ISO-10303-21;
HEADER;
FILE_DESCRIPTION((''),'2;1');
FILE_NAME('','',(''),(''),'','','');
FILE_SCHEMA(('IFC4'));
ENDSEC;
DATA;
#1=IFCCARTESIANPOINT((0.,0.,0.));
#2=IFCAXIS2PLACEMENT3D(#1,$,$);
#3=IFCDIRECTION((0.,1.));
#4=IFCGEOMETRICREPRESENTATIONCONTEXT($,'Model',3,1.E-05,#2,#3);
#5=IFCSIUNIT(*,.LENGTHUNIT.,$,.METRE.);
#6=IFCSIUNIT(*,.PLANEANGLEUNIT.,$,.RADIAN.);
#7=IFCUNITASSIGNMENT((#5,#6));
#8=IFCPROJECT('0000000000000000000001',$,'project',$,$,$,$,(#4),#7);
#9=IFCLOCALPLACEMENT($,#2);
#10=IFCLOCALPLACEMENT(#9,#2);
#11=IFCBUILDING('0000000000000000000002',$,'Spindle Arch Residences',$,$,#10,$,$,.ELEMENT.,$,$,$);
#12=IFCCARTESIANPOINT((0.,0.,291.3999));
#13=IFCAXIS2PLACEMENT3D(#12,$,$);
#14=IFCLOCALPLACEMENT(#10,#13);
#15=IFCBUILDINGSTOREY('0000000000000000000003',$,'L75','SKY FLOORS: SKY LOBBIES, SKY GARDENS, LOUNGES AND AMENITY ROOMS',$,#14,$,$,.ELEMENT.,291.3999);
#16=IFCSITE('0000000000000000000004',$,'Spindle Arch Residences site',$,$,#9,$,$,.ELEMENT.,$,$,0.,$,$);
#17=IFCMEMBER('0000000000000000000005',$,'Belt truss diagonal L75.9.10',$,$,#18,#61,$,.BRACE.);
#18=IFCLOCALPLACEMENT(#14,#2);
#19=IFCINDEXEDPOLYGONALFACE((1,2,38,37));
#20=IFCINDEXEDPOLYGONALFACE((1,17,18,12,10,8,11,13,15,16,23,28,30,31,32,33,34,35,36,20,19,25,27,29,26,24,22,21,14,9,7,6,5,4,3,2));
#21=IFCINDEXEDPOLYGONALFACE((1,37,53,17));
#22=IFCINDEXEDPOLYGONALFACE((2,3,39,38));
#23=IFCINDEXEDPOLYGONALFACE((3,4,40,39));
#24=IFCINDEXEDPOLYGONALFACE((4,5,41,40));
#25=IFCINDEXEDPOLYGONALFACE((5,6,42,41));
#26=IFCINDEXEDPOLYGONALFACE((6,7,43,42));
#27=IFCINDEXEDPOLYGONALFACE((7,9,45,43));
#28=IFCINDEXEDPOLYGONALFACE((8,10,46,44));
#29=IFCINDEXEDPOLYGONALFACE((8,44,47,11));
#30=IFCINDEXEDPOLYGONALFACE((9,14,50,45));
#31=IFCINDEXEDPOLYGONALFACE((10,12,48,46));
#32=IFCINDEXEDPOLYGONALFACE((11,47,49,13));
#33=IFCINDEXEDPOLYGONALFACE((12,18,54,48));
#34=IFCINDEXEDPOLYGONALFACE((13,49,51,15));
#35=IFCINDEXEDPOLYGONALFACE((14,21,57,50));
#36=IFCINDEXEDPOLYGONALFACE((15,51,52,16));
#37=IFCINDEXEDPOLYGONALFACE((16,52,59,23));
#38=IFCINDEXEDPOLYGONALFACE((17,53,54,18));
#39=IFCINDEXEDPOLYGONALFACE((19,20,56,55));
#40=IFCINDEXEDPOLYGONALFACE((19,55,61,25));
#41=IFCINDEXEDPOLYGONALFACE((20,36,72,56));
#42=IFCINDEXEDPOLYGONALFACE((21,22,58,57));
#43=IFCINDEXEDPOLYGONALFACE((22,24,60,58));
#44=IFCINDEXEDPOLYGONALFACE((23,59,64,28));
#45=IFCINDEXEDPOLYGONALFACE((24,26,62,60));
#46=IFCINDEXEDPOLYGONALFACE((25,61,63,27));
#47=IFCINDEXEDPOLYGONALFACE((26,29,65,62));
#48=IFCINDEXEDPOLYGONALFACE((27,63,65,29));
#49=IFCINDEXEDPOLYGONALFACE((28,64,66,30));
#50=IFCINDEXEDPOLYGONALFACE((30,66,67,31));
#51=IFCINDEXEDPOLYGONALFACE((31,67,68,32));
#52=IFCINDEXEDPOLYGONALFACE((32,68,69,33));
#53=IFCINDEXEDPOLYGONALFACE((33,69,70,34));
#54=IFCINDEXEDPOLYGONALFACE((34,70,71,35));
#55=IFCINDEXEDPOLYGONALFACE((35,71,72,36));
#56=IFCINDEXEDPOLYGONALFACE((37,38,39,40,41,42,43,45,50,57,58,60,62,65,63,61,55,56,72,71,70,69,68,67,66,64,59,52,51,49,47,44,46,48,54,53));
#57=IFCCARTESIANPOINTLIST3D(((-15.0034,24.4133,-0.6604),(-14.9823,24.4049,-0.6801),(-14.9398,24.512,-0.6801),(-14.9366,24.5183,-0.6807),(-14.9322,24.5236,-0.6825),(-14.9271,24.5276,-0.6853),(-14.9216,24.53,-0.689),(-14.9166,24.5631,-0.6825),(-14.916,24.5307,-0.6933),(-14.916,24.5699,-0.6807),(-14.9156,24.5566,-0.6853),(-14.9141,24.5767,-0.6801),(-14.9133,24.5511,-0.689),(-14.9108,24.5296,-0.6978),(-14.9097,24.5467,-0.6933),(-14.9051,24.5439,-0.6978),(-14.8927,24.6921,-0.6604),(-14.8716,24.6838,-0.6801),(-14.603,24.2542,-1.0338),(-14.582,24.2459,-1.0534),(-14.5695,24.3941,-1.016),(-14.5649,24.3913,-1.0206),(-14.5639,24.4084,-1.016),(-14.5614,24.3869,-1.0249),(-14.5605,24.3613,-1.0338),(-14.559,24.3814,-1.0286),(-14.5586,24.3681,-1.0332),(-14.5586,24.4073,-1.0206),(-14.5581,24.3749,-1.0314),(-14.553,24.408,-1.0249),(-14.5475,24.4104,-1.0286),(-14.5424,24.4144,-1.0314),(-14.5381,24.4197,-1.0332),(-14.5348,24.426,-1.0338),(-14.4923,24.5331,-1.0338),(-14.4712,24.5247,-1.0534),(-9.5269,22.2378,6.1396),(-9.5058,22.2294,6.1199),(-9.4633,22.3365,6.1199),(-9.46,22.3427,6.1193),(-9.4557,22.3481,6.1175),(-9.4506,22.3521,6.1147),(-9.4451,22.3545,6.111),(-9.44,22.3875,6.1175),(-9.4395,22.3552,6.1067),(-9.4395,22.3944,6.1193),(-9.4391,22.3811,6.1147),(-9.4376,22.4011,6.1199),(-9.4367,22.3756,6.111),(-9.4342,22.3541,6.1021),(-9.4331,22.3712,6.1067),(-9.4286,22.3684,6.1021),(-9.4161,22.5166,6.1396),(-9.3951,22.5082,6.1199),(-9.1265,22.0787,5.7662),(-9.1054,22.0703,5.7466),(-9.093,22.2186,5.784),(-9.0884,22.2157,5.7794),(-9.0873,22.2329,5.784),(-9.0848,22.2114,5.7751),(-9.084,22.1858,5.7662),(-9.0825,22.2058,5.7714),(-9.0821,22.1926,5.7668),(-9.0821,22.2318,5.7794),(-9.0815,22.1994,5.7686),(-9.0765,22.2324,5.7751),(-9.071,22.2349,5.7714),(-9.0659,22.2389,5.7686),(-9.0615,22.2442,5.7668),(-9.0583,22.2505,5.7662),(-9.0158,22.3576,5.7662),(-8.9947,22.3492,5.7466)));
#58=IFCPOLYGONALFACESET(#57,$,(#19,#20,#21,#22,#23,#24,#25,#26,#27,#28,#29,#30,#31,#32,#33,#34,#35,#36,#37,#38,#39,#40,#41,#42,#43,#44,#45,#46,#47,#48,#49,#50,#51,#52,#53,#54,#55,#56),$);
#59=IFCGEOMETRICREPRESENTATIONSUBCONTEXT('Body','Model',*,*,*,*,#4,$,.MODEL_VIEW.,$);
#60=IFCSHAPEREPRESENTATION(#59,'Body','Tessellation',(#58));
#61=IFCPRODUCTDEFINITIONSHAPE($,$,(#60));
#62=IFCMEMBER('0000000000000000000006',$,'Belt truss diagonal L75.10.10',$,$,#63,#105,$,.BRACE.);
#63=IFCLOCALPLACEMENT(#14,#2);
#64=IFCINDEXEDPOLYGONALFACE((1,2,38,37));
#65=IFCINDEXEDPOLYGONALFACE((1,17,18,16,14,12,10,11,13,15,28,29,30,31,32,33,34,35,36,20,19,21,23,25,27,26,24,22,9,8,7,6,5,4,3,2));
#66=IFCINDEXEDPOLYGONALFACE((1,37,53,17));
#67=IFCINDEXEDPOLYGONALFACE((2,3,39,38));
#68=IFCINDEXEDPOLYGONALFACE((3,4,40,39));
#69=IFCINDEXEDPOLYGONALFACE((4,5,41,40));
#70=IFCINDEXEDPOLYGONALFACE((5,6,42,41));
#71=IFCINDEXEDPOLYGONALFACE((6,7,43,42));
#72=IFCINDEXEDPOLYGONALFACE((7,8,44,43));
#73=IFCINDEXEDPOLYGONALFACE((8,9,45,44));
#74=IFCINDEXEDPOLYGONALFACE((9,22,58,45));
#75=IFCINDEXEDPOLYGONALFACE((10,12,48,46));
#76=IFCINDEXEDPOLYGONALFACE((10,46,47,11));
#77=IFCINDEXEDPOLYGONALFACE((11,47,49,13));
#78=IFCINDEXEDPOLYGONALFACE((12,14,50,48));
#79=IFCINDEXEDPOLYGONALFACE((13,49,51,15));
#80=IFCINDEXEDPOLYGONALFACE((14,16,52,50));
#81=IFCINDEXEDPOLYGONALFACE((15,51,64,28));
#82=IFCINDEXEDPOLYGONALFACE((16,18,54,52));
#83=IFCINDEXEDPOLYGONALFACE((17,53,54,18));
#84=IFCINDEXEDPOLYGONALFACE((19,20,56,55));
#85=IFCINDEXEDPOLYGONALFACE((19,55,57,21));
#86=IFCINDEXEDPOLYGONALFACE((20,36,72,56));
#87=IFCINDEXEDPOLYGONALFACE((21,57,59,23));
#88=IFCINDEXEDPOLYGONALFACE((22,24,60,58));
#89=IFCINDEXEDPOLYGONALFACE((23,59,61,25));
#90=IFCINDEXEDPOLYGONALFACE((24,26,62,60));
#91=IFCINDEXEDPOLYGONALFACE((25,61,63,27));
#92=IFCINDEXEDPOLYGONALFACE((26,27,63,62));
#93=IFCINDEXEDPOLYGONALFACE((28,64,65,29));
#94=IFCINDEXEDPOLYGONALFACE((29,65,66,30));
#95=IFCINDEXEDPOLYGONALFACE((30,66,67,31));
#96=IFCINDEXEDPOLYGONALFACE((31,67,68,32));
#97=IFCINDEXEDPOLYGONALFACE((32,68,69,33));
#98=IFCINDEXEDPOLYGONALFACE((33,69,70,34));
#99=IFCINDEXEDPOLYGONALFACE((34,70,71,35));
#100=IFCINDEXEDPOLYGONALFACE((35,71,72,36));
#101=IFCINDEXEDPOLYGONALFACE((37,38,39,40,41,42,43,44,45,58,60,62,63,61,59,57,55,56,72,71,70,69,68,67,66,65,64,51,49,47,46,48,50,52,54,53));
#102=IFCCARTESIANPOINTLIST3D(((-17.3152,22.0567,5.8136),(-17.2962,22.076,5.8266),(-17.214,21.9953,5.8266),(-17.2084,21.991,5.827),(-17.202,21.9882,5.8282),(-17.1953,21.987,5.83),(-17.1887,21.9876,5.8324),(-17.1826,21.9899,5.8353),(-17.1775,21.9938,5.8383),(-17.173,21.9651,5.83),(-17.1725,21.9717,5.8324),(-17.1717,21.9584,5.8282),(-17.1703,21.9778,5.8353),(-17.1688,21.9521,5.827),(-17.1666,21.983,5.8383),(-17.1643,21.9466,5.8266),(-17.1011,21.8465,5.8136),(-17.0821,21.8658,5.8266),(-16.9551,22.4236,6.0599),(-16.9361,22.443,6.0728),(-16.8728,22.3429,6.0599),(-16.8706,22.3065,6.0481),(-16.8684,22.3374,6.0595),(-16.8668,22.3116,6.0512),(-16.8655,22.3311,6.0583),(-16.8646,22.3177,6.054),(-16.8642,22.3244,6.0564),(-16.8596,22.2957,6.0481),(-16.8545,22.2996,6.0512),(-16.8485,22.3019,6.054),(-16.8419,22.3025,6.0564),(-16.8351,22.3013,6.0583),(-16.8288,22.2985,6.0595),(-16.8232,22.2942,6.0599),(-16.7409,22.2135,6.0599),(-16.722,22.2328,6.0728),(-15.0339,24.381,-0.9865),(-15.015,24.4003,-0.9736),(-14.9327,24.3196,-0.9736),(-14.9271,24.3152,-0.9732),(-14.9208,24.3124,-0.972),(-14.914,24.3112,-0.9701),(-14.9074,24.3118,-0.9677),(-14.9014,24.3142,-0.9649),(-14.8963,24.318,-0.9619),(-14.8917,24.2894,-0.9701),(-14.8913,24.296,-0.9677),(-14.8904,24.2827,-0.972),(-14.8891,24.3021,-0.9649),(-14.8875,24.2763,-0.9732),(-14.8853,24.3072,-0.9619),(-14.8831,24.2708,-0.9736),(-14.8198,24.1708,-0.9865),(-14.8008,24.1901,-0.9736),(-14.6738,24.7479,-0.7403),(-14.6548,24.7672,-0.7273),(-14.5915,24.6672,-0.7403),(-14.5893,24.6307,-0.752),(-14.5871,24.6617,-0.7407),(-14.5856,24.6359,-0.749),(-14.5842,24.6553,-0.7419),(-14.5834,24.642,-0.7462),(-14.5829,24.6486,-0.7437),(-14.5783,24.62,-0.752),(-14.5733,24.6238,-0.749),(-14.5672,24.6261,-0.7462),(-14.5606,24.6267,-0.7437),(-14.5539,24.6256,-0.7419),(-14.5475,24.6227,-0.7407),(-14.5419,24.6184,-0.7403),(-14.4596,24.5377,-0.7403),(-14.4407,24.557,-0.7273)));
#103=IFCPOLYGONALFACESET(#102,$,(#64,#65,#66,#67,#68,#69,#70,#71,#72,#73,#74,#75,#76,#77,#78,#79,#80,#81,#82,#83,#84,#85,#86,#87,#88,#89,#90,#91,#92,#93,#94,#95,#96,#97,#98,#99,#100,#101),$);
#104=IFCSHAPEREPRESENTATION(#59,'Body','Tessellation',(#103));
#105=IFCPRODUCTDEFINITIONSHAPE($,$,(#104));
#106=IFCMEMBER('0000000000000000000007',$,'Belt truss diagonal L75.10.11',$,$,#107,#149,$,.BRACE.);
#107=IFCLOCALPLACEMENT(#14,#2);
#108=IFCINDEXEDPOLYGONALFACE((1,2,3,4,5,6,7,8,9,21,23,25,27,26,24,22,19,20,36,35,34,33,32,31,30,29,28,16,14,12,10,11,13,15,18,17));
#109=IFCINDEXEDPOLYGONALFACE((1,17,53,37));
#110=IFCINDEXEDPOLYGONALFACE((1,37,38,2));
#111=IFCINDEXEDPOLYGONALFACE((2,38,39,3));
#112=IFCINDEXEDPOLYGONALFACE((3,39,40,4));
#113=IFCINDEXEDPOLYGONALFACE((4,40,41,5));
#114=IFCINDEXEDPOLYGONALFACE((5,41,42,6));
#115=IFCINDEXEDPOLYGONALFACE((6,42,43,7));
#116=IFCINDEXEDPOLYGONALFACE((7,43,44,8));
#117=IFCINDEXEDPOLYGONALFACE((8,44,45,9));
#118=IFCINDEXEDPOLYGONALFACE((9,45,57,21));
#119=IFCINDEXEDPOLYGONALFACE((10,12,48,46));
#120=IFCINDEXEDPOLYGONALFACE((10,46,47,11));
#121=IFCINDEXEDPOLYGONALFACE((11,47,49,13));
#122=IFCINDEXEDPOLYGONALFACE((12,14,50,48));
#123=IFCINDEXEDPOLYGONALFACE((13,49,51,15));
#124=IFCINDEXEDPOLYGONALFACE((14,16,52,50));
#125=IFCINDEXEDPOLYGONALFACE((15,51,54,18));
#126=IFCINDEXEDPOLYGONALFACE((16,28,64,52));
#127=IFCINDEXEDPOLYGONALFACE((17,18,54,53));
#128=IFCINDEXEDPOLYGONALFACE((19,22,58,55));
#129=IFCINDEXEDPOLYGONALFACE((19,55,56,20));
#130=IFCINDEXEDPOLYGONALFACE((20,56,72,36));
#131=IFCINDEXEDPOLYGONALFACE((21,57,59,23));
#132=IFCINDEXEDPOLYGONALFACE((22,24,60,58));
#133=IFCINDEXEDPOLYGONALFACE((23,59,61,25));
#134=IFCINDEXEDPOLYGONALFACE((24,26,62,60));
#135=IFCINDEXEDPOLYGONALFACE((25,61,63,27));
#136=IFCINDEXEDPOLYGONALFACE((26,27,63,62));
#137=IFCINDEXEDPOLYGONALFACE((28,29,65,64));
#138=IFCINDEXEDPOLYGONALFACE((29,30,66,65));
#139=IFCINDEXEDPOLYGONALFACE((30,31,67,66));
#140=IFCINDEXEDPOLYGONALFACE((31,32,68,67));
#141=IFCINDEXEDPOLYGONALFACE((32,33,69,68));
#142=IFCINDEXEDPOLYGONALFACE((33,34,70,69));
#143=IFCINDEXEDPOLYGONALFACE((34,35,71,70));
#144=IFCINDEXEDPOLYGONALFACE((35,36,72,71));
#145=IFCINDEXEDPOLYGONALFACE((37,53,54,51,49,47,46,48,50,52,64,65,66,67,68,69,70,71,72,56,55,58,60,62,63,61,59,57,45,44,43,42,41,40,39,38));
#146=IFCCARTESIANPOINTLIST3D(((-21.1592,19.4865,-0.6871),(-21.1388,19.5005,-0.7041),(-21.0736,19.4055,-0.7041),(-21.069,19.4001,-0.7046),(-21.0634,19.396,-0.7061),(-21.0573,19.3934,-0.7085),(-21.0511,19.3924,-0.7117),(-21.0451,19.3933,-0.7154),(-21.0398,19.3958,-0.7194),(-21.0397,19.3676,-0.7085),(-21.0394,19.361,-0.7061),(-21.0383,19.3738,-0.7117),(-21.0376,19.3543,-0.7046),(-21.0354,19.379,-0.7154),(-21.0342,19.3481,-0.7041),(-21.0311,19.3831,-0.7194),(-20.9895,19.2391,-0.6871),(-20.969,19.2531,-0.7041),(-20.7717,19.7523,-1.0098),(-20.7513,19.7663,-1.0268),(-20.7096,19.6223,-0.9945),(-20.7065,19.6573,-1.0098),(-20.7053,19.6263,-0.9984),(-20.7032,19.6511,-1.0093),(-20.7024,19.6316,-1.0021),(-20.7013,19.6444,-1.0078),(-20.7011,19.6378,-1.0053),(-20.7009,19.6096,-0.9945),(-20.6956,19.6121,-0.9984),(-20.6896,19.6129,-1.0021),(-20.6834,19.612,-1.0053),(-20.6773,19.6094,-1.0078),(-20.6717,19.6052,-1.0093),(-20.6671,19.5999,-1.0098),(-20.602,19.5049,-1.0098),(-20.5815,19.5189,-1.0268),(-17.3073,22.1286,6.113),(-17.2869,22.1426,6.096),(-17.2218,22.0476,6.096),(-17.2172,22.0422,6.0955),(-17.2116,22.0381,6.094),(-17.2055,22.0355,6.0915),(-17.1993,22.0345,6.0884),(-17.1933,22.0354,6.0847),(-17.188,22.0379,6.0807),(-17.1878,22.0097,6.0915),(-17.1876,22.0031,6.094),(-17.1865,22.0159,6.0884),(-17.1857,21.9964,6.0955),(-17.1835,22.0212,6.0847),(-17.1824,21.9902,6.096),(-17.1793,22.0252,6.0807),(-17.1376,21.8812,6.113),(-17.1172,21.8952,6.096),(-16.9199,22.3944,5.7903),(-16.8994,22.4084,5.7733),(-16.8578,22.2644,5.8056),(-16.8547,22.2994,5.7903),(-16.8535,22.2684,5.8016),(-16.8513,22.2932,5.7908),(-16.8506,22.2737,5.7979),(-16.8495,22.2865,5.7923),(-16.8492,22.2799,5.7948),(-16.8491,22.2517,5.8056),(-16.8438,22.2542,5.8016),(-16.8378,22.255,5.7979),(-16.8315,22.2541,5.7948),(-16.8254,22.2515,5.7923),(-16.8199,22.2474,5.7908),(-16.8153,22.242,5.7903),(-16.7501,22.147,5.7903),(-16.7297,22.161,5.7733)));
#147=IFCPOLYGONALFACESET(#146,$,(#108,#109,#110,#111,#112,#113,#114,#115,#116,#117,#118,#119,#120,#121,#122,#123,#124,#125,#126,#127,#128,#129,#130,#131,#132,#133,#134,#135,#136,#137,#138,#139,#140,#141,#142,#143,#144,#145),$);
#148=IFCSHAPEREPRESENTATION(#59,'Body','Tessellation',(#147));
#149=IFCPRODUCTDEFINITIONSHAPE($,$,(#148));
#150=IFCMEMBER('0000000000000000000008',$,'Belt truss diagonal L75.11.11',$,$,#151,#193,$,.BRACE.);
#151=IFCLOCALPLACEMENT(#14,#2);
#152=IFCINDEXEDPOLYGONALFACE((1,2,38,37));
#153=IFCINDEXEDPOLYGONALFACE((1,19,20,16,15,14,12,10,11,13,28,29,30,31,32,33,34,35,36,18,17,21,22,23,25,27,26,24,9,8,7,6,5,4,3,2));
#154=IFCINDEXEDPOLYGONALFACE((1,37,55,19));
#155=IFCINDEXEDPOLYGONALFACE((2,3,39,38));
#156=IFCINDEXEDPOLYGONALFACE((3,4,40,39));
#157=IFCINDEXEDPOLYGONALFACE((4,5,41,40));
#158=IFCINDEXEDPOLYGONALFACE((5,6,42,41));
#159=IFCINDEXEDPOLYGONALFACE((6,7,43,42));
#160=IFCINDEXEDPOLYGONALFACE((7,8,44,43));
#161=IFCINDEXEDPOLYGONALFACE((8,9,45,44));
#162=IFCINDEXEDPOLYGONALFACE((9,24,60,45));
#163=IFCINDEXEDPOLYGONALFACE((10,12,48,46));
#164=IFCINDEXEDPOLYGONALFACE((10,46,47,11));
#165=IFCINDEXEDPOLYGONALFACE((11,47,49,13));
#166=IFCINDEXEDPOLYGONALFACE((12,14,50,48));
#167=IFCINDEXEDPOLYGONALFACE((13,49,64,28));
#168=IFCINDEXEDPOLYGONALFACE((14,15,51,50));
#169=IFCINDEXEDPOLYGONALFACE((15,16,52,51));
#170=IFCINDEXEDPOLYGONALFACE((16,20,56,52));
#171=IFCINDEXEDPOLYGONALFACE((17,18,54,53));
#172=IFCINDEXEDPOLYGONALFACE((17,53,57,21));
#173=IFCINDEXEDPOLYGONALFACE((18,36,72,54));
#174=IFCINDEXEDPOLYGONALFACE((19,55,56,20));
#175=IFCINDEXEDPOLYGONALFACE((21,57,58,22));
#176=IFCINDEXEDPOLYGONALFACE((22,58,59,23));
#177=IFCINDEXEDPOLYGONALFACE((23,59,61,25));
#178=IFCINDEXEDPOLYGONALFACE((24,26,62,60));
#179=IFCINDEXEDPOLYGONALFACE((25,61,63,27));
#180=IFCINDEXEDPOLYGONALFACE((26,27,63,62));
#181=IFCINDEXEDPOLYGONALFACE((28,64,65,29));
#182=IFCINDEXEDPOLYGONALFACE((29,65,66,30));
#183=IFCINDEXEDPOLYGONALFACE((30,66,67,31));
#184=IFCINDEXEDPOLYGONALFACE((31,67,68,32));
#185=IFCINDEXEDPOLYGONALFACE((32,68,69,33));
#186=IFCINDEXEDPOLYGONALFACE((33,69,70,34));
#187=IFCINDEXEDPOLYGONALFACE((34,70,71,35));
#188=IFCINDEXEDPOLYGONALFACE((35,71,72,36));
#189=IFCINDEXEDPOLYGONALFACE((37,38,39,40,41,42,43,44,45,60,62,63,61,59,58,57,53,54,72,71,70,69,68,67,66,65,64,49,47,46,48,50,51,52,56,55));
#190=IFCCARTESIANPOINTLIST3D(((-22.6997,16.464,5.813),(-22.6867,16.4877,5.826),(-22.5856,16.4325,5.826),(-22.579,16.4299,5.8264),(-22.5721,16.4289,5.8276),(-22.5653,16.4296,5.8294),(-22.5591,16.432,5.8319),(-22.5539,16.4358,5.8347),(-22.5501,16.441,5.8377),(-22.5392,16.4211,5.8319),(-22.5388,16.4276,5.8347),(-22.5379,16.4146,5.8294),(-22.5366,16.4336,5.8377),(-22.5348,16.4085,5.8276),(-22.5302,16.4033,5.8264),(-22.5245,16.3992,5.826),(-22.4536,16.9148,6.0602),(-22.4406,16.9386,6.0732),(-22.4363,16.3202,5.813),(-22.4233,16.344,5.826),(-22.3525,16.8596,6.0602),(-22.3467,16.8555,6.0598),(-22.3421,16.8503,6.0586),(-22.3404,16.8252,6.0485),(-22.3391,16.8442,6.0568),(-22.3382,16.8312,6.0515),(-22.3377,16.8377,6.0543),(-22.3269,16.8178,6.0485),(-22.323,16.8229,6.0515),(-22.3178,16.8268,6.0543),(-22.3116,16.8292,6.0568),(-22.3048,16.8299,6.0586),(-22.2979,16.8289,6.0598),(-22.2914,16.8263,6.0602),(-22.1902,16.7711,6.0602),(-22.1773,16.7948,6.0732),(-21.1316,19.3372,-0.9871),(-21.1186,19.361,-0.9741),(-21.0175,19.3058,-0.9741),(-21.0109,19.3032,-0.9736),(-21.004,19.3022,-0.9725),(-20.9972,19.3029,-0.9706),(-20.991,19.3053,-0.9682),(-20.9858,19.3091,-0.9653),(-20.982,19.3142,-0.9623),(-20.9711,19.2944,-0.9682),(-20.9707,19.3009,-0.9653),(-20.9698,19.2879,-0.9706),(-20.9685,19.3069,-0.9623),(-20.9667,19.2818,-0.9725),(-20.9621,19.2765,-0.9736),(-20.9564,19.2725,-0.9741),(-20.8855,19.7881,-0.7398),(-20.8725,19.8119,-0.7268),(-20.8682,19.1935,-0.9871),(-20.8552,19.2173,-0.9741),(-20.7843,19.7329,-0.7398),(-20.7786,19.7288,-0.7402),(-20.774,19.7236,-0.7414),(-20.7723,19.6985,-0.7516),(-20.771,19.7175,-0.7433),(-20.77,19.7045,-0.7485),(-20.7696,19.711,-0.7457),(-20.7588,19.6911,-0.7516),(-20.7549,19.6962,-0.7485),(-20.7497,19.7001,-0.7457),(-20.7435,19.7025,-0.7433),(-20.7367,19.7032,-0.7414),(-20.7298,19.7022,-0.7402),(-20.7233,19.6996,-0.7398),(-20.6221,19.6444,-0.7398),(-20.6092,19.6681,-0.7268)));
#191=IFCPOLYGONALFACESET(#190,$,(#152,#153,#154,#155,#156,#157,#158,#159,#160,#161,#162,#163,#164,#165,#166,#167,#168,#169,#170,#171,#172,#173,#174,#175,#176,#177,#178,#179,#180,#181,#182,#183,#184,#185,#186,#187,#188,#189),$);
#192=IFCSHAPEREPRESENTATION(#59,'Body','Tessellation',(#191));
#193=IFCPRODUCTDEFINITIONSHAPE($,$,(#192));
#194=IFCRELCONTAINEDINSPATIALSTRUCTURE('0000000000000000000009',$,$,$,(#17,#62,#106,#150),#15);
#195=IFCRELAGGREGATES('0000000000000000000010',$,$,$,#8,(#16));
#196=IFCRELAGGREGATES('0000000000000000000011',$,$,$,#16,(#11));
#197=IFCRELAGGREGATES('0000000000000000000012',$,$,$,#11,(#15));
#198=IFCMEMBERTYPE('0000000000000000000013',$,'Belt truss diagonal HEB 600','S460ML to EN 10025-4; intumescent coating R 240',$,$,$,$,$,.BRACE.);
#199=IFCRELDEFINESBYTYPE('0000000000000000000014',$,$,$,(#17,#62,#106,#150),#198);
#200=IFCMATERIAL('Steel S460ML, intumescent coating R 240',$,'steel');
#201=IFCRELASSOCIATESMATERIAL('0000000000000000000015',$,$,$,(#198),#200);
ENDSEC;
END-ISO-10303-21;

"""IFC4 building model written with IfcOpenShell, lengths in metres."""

from ifc_helpers import new_model, si_unit, direction, frame, origin, origin_2d, place, context, subcontext, project, spatial, i_section, extrude, material, material_profile, profile_set, type_object, element, save


model = new_model("IFC4")

# Units and contexts
model_context = context("Model", 3, precision=1e-05, world=origin(), true_north=direction((0.0, 1.0)))
body_context = subcontext(model_context, "Body", "Model", "MODEL_VIEW")
ifc_project = project(units=[si_unit("LENGTHUNIT", "METRE"), si_unit("PLANEANGLEUNIT", "RADIAN")], contexts=[model_context])

# Site, building, storey
site_placement = place(None, origin())
site = spatial("IfcSite", under=ifc_project, at=site_placement, Name="Spindle Arch Residences site", CompositionType="ELEMENT", RefElevation=0.0)
building_placement = place(site_placement, origin())
building = spatial("IfcBuilding", under=site, at=building_placement, Name="Spindle Arch Residences", CompositionType="ELEMENT")
storey_placement = place(building_placement, frame((0.0, 0.0, 291.3999)))
storey = spatial("IfcBuildingStorey", under=building, at=storey_placement, Name="L75", Description="SKY FLOORS: SKY LOBBIES, SKY GARDENS, LOUNGES AND AMENITY ROOMS", CompositionType="ELEMENT", Elevation=291.3999)

# Members
ifc_material_1 = material(Name="Steel S460ML, intumescent coating R 240", Category="steel")
ifc_material_profile_1 = material_profile(ifc_material_1, i_section(OverallWidth=0.3, OverallDepth=0.6001, WebThickness=0.0154, FlangeThickness=0.03, FilletRadius=0.0271, at=origin_2d()), Name="HEB 600")
ifc_profile_set_1 = profile_set([ifc_material_profile_1], Name="Steel S460ML, intumescent coating R 240")
member_type_1 = type_object("IfcMemberType", Name="Belt truss diagonal HEB 600", Description="S460ML to EN 10025-4; intumescent coating R 240", PredefinedType="BRACE", material=ifc_profile_set_1)
member_1_placement = place(storey_placement, frame((-14.7373, 24.469, -0.8569), z_axis=(0.608633, -0.241777, 0.755718), x_axis=(0.369182, 0.929357, 0.0)))
element("IfcMember", 1, at=member_1_placement, inside=storey, type_object=member_type_1, Name="Belt truss diagonal L75.9.10", PredefinedType="BRACE", context=body_context, shape_type="SweptSolid", body=[
    extrude(i_section(OverallWidth=0.3, OverallDepth=0.6001, WebThickness=0.0154, FlangeThickness=0.03, FilletRadius=0.0271, at=origin_2d()), origin(), (0.0, 0.0, 1.0), 8.998),
])
member_2_placement = place(storey_placement, frame((-14.7373, 24.469, -0.8569), z_axis=(-0.302566, -0.308265, 0.901902), x_axis=(0.713673, -0.700479, 0.0)))
element("IfcMember", 2, at=member_2_placement, inside=storey, type_object=member_type_1, Name="Belt truss diagonal L75.10.10", PredefinedType="BRACE", context=body_context, shape_type="SweptSolid", body=[
    extrude(i_section(OverallWidth=0.3, OverallDepth=0.6001, WebThickness=0.0154, FlangeThickness=0.03, FilletRadius=0.0271, at=origin_2d()), origin(), (0.0, 0.0, 1.0), 7.5398),
])
member_3_placement = place(storey_placement, frame((-20.8704, 19.5027, -0.8569), z_axis=(0.466902, 0.320265, 0.824277), x_axis=(-0.565652, 0.824644, 0.0)))
element("IfcMember", 3, at=member_3_placement, inside=storey, type_object=member_type_1, Name="Belt truss diagonal L75.10.11", PredefinedType="BRACE", context=body_context, shape_type="SweptSolid", body=[
    extrude(i_section(OverallWidth=0.3, OverallDepth=0.6001, WebThickness=0.0154, FlangeThickness=0.03, FilletRadius=0.0271, at=origin_2d()), origin(), (0.0, 0.0, 1.0), 8.2498),
])
member_4_placement = place(storey_placement, frame((-20.8704, 19.5027, -0.8569), z_axis=(-0.207783, -0.380726, 0.901041), x_axis=(0.877784, -0.479056, 0.0)))
element("IfcMember", 4, at=member_4_placement, inside=storey, type_object=member_type_1, Name="Belt truss diagonal L75.11.11", PredefinedType="BRACE", context=body_context, shape_type="SweptSolid", body=[
    extrude(i_section(OverallWidth=0.3, OverallDepth=0.6001, WebThickness=0.0154, FlangeThickness=0.03, FilletRadius=0.0271, at=origin_2d()), origin(), (0.0, 0.0, 1.0), 7.5469),
])

save(model, "model.ifc")
